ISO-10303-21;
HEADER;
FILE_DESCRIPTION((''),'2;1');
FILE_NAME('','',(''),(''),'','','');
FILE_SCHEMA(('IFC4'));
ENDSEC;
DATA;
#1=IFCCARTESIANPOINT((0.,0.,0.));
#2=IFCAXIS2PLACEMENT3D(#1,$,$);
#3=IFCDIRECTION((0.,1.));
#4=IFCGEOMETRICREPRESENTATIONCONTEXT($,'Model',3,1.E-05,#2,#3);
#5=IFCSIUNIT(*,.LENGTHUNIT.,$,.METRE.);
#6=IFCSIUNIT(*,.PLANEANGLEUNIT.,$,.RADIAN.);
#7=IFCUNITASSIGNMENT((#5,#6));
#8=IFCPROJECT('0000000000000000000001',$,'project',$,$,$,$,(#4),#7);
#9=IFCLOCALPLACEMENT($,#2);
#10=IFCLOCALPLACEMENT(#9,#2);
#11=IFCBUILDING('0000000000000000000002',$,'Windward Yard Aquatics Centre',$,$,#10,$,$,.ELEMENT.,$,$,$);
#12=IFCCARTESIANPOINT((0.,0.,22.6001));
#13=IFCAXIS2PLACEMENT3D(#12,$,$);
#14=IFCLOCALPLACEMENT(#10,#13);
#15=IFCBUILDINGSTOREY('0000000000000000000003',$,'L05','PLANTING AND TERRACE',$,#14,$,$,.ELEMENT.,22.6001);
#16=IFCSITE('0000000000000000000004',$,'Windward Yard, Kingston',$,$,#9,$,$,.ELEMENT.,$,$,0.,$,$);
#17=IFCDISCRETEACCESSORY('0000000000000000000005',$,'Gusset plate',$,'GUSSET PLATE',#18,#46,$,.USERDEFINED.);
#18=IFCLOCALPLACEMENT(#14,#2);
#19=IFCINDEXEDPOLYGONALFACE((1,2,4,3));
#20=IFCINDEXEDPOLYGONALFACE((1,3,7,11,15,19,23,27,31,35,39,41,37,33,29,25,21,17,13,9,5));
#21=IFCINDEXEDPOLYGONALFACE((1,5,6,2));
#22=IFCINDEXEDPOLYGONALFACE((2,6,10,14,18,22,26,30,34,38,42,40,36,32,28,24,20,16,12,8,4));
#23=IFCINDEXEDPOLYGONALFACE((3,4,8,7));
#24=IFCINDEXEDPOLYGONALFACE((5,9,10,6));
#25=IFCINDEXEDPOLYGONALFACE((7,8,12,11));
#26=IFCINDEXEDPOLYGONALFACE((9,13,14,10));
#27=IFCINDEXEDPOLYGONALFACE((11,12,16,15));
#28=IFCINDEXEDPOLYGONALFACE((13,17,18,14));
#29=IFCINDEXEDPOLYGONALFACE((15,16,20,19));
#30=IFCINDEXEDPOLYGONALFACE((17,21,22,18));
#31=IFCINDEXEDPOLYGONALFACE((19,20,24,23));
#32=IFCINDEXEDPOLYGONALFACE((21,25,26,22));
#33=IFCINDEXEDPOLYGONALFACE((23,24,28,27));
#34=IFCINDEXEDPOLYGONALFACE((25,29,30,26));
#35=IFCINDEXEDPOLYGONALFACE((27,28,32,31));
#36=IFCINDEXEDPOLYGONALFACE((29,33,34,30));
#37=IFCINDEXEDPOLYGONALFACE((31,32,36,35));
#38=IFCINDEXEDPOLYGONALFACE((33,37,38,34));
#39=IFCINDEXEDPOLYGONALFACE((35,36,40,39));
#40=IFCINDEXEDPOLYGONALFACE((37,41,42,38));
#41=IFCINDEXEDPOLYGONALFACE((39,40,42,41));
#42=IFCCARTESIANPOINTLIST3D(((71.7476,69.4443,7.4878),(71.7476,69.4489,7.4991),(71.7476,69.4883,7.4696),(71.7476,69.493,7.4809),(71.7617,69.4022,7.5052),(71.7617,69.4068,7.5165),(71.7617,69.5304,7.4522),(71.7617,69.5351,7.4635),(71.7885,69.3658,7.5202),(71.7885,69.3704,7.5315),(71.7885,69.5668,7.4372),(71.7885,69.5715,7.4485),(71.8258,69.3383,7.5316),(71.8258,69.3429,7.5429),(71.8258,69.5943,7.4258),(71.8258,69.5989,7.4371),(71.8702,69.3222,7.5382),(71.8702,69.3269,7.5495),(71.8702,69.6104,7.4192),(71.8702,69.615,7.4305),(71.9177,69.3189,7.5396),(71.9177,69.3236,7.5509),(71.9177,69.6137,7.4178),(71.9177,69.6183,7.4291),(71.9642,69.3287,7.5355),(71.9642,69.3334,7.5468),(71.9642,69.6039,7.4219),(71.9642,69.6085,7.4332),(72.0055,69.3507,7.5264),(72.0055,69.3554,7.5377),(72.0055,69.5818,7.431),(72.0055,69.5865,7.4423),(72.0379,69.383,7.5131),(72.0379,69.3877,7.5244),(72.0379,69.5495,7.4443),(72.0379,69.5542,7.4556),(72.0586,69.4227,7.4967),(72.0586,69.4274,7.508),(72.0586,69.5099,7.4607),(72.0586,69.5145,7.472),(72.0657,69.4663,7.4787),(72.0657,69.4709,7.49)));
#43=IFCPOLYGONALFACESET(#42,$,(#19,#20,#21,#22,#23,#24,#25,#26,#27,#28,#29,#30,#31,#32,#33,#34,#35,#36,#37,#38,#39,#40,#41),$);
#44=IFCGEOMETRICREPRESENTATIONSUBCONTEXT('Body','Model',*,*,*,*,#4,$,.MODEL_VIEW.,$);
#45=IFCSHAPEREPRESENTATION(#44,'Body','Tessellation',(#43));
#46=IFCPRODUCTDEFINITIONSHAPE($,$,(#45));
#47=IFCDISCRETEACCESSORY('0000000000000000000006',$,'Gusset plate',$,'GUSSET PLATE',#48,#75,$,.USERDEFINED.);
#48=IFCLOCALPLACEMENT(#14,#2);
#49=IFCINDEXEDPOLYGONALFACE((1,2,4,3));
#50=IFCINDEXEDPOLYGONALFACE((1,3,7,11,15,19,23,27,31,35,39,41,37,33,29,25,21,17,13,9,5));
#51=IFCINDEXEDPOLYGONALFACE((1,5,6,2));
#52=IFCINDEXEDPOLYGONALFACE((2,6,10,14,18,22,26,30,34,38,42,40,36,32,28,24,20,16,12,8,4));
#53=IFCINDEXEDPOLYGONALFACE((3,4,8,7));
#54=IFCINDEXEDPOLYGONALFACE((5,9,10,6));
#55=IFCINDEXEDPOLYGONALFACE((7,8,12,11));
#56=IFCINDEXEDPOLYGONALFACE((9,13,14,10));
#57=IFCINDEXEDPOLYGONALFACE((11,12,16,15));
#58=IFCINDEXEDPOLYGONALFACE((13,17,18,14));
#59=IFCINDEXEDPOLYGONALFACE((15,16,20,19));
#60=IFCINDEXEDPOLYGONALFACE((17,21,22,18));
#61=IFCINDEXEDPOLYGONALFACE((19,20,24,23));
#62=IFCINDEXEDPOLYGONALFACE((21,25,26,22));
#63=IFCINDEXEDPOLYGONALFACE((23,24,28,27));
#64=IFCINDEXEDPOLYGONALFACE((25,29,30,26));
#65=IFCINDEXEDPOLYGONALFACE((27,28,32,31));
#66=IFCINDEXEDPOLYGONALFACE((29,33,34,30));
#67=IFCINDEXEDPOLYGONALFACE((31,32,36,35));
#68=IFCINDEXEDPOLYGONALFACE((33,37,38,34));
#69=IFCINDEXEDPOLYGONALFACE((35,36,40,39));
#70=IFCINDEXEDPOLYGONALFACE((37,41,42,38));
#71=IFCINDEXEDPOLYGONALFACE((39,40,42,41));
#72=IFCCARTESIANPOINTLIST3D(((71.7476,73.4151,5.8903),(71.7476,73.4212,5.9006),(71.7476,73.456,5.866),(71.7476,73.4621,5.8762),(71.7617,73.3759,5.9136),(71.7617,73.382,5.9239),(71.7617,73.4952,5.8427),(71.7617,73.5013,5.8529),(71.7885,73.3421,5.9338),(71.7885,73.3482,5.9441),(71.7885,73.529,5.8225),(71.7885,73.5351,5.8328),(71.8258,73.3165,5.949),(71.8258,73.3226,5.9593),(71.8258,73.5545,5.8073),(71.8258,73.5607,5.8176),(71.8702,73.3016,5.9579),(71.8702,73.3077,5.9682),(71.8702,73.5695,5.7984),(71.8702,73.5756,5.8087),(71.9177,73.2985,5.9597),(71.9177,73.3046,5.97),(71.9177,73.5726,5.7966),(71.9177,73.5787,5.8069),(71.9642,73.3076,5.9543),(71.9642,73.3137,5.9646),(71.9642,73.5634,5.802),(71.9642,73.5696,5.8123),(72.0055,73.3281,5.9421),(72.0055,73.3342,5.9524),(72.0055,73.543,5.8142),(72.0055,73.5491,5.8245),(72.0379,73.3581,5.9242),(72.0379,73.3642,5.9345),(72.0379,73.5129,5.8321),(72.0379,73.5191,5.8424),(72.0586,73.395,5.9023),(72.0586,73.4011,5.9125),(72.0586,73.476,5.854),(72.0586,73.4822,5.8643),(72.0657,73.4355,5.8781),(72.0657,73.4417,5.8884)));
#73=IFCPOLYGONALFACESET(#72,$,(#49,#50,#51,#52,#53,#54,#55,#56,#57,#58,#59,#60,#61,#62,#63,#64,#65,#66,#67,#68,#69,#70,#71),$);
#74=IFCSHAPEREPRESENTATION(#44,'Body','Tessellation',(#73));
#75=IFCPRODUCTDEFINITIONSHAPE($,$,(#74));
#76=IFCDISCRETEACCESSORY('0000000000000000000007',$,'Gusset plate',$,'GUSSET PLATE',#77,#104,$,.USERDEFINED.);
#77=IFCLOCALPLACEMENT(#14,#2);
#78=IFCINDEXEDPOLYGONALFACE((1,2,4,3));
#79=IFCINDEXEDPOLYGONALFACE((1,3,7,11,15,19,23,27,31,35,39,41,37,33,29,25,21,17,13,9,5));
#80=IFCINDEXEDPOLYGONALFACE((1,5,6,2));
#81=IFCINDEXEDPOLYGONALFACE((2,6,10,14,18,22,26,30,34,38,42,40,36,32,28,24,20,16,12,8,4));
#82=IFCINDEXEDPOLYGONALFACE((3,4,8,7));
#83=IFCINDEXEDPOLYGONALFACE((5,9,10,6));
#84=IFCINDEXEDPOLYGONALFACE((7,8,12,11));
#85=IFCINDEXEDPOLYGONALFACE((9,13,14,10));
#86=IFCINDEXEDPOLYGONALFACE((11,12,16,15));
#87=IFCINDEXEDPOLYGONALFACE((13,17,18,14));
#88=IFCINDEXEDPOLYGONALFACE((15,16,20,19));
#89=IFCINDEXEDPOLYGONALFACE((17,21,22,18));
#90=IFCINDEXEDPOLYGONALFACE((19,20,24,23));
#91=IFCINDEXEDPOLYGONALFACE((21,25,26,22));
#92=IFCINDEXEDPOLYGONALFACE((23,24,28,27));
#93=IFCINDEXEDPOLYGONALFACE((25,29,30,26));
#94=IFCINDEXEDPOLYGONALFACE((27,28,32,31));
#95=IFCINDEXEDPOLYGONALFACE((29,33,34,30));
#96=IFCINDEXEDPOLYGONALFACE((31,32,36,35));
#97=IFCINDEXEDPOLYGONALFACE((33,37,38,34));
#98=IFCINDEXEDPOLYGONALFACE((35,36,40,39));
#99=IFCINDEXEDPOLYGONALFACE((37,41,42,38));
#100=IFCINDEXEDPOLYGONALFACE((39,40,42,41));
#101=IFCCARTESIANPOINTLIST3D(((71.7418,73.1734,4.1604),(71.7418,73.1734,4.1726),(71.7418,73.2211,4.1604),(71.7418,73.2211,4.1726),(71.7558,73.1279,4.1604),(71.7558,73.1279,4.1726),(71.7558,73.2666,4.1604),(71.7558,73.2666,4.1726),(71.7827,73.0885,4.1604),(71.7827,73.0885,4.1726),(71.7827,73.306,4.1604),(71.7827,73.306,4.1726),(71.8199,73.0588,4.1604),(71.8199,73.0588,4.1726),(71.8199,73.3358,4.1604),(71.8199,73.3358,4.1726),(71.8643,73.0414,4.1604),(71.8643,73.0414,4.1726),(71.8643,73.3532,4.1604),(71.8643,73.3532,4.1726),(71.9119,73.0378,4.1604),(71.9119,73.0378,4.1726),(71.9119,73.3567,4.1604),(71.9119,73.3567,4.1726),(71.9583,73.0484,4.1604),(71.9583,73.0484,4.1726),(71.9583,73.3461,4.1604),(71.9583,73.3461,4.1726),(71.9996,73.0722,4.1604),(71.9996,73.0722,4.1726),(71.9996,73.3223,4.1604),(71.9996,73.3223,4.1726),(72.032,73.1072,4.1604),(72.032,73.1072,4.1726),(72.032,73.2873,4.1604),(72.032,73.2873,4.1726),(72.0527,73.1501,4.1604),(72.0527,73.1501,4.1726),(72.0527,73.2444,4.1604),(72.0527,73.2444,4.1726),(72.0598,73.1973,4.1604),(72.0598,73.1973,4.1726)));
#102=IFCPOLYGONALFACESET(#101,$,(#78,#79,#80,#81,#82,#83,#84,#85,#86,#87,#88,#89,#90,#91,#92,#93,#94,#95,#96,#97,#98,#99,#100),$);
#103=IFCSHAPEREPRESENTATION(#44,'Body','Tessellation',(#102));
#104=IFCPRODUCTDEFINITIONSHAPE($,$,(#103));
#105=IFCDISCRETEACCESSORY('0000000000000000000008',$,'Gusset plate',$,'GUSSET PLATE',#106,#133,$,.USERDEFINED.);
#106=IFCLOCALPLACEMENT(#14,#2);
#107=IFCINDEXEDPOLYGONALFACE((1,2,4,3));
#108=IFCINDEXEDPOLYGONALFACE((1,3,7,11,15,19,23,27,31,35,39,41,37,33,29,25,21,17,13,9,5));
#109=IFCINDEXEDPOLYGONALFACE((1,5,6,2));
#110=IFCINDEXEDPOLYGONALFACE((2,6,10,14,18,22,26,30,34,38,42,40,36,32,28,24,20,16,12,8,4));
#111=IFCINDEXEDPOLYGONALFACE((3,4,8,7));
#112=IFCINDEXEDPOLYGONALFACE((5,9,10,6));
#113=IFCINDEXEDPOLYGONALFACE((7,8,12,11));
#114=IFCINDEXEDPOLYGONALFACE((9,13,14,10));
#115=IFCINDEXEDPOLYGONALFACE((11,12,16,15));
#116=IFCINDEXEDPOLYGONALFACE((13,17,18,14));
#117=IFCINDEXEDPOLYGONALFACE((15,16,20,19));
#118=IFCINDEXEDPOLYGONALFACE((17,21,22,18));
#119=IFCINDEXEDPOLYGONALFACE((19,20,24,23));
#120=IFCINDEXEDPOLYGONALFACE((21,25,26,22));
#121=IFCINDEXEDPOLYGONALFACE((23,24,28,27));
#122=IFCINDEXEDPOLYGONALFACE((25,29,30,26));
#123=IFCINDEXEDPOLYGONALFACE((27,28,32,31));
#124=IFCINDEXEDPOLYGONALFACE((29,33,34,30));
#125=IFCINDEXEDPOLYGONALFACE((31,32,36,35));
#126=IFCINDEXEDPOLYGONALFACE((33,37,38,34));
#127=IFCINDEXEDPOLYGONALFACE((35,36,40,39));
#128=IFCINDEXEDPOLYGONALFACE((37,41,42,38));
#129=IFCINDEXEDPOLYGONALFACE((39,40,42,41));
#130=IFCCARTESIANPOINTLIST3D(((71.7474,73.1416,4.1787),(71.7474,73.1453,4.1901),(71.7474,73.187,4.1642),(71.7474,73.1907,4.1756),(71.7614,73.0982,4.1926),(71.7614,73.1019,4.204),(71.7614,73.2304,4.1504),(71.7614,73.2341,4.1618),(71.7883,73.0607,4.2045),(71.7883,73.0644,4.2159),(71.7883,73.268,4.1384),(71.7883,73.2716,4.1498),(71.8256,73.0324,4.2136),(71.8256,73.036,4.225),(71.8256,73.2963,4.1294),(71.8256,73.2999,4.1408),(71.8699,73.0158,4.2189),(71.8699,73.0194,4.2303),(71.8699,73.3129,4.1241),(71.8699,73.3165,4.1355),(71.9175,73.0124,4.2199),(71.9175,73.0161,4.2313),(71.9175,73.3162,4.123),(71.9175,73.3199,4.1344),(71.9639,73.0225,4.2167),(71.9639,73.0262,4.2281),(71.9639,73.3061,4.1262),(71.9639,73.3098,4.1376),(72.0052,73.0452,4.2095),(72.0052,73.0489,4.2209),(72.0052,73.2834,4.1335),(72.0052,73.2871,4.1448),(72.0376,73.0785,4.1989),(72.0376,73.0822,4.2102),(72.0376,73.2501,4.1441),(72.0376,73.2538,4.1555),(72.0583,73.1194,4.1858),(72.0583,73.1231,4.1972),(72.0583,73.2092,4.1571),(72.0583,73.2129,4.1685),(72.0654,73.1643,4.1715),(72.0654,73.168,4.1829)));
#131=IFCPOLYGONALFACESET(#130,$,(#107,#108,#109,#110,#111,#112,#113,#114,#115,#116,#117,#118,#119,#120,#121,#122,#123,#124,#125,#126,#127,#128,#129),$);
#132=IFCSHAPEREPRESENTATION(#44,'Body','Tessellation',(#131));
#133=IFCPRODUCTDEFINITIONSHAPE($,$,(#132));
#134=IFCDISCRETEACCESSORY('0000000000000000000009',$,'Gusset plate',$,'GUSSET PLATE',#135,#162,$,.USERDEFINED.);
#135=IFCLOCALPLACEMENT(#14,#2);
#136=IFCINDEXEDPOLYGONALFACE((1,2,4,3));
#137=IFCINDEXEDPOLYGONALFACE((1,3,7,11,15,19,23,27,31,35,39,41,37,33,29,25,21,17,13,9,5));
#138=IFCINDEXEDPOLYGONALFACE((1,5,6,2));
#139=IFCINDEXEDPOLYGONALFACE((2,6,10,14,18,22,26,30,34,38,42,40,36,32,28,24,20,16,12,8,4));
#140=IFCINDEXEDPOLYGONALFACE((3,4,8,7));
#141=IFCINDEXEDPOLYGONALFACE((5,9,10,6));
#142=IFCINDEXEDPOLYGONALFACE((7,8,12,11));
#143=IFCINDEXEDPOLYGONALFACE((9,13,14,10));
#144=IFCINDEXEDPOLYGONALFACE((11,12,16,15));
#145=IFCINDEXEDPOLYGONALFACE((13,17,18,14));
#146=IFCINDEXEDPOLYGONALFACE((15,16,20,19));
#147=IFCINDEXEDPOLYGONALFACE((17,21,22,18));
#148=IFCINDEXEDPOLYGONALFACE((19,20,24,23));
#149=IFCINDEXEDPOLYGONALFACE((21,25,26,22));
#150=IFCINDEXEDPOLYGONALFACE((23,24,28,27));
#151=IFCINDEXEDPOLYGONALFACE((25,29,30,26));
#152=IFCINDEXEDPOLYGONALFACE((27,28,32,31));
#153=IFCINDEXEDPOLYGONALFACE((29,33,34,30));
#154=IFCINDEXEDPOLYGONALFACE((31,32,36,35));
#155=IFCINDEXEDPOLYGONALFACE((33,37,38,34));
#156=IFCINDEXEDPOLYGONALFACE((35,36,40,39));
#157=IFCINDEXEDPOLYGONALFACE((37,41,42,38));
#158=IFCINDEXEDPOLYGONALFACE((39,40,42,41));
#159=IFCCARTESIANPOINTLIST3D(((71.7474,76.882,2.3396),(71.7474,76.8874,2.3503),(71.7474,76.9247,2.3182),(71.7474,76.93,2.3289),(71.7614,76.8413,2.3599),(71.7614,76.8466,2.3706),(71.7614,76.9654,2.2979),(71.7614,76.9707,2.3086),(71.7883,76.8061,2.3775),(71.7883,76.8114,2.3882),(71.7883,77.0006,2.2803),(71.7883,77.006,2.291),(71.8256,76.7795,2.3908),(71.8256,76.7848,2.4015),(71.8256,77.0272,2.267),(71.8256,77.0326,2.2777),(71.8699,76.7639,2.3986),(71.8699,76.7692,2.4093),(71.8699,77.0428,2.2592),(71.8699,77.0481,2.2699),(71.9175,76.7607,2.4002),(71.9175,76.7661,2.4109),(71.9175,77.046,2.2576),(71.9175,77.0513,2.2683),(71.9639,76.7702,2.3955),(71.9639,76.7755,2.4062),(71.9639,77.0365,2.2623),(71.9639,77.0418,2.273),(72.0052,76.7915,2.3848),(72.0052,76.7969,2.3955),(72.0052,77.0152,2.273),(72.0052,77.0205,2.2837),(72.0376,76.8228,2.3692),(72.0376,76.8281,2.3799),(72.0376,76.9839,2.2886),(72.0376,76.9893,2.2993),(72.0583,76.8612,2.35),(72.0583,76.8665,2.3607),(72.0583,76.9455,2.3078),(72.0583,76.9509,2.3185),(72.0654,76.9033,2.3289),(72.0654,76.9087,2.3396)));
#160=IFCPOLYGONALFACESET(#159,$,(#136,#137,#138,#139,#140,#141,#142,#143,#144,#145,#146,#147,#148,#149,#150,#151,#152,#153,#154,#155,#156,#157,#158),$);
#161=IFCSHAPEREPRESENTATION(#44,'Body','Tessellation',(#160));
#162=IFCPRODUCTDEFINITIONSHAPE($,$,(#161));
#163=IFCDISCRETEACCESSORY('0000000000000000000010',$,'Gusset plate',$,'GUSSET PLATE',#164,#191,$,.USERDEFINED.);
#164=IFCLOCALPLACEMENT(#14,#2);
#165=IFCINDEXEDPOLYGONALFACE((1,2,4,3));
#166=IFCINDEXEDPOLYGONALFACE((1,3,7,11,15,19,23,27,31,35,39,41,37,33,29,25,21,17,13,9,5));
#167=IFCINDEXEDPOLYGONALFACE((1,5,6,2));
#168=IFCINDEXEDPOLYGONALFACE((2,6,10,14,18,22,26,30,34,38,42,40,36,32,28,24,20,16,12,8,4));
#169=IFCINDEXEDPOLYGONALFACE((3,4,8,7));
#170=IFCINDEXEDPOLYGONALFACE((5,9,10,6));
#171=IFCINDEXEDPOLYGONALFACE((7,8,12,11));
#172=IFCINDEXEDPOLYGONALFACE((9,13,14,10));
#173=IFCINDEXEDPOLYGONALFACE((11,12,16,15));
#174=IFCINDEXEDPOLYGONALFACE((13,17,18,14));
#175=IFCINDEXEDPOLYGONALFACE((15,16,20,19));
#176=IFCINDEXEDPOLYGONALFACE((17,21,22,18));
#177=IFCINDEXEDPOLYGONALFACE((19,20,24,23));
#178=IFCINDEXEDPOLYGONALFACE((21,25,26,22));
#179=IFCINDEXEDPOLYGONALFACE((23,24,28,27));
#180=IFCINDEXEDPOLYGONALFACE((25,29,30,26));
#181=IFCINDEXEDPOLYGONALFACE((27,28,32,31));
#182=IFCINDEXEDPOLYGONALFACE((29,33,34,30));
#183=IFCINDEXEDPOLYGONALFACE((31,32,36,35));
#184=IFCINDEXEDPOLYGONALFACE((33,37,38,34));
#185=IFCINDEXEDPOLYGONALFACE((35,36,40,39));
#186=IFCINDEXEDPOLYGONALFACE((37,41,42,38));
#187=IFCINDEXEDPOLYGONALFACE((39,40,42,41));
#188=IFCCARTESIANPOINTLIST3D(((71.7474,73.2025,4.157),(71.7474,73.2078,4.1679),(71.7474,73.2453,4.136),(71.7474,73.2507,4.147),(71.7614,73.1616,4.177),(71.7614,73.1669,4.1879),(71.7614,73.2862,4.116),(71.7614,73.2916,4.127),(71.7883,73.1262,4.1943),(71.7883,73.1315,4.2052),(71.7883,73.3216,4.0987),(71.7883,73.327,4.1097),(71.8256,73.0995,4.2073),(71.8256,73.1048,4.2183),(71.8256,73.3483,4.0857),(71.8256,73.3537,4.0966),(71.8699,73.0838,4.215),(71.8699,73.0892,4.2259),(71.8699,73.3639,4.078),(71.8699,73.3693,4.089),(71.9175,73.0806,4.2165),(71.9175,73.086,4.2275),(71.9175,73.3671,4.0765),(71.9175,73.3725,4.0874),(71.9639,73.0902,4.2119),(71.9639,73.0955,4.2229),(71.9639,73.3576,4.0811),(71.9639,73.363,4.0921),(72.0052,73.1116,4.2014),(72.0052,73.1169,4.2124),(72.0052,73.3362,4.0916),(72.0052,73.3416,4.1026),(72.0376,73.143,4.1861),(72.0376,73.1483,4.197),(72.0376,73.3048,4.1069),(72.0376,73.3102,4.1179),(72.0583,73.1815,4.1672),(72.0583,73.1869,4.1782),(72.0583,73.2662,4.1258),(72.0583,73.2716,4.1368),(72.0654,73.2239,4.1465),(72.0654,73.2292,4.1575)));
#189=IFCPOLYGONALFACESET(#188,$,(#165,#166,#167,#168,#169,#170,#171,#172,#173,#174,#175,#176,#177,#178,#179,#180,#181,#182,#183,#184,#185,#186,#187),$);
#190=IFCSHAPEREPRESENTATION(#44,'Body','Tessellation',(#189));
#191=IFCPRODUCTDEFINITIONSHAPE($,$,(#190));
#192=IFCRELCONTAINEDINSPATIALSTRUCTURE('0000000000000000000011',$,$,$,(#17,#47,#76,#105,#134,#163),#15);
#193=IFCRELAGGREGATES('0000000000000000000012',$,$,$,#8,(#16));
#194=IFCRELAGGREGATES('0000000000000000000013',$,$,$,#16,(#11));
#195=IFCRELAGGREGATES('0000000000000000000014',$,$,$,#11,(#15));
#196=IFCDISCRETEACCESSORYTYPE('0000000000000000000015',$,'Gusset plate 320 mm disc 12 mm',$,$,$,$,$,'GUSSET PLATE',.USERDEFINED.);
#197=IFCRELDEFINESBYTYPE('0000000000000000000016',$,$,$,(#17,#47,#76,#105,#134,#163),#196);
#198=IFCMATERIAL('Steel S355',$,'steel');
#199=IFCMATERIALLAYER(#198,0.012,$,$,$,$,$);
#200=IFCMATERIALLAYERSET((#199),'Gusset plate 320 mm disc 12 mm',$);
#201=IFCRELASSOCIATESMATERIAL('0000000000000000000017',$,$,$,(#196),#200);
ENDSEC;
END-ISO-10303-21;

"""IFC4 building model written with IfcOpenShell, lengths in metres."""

from ifc_helpers import new_model, si_unit, direction, frame, origin, origin_2d, place, context, subcontext, project, spatial, circle, extrude, material, layer, layer_set, type_object, element, save


model = new_model("IFC4")

# Units and contexts
model_context = context("Model", 3, precision=1e-05, world=origin(), true_north=direction((0.0, 1.0)))
body_context = subcontext(model_context, "Body", "Model", "MODEL_VIEW")
ifc_project = project(units=[si_unit("LENGTHUNIT", "METRE"), si_unit("PLANEANGLEUNIT", "RADIAN")], contexts=[model_context])

# Site, building, storey
site_placement = place(None, origin())
site = spatial("IfcSite", under=ifc_project, at=site_placement, Name="Windward Yard, Kingston", CompositionType="ELEMENT", RefElevation=0.0)
building_placement = place(site_placement, origin())
building = spatial("IfcBuilding", under=site, at=building_placement, Name="Windward Yard Aquatics Centre", CompositionType="ELEMENT")
storey_placement = place(building_placement, frame((0.0, 0.0, 22.6001)))
storey = spatial("IfcBuildingStorey", under=building, at=storey_placement, Name="L05", Description="PLANTING AND TERRACE", CompositionType="ELEMENT", Elevation=22.6001)

# Discrete accessories
ifc_material_1 = material(Name="Steel S355", Category="steel")
ifc_layer = layer(ifc_material_1, 0.012)
ifc_layer_set = layer_set([ifc_layer], Name="Gusset plate 320 mm disc 12 mm")
discrete_accessory_type = type_object("IfcDiscreteAccessoryType", Name="Gusset plate 320 mm disc 12 mm", ElementType="GUSSET PLATE", PredefinedType="USERDEFINED", material=ifc_layer_set)
discrete_accessory_1_placement = place(storey_placement, frame((71.9058, 69.4709, 7.49), z_axis=(0.0, -0.38176, -0.924261), x_axis=(1.0, 0.0, 0.0)))
element("IfcDiscreteAccessory", 1, at=discrete_accessory_1_placement, inside=storey, type_object=discrete_accessory_type, Name="Gusset plate", ObjectType="GUSSET PLATE", PredefinedType="USERDEFINED", context=body_context, shape_type="SweptSolid", body=[
    extrude(circle(Radius=0.1599, at=origin_2d()), origin(), (0.0, 0.0, 1.0), 0.0122),
])
discrete_accessory_2_placement = place(storey_placement, frame((71.9058, 73.4417, 5.8884), z_axis=(0.0, -0.511484, -0.859293), x_axis=(1.0, 0.0, 0.0)))
element("IfcDiscreteAccessory", 2, at=discrete_accessory_2_placement, inside=storey, type_object=discrete_accessory_type, Name="Gusset plate", ObjectType="GUSSET PLATE", PredefinedType="USERDEFINED", context=body_context, shape_type="SweptSolid", body=[
    extrude(circle(Radius=0.1599, at=origin_2d()), origin(), (0.0, 0.0, 1.0), 0.012),
])
discrete_accessory_3_placement = place(storey_placement, frame((71.8999, 73.1973, 4.1604), z_axis=(0.0, 0.0, 1.0), x_axis=(1.0, 0.0, 0.0)))
element("IfcDiscreteAccessory", 3, at=discrete_accessory_3_placement, inside=storey, type_object=discrete_accessory_type, Name="Gusset plate", ObjectType="GUSSET PLATE", PredefinedType="USERDEFINED", context=body_context, shape_type="SweptSolid", body=[
    extrude(circle(Radius=0.1599, at=origin_2d()), origin(), (0.0, 0.0, 1.0), 0.0122),
])
for number, where, z_axis, x_axis, name in (
    (4, (71.9055, 73.168, 4.1829), (0.0, -0.30404, -0.952659), (1.0, 0.0, 0.0), "Gusset plate"),
    (5, (71.9055, 76.9087, 2.3396), (0.0, -0.447214, -0.894427), (1.0, 0.0, 0.0), "Gusset plate"),
):
    element("IfcDiscreteAccessory", number, at=place(storey_placement, frame(where, z_axis=z_axis, x_axis=x_axis)), inside=storey, type_object=discrete_accessory_type, Name=name, ObjectType="GUSSET PLATE", PredefinedType="USERDEFINED", context=body_context, shape_type="SweptSolid", body=[
        extrude(circle(Radius=0.1599, at=origin_2d()), origin(), (0.0, 0.0, 1.0), 0.012),
    ])
discrete_accessory_4_placement = place(storey_placement, frame((71.9055, 73.2292, 4.1575), z_axis=(0.0, -0.43921, -0.898384), x_axis=(1.0, 0.0, 0.0)))
element("IfcDiscreteAccessory", 6, at=discrete_accessory_4_placement, inside=storey, type_object=discrete_accessory_type, Name="Gusset plate", ObjectType="GUSSET PLATE", PredefinedType="USERDEFINED", context=body_context, shape_type="SweptSolid", body=[
    extrude(circle(Radius=0.1599, at=origin_2d()), origin(), (0.0, 0.0, 1.0), 0.0122),
])

save(model, "model.ifc")
